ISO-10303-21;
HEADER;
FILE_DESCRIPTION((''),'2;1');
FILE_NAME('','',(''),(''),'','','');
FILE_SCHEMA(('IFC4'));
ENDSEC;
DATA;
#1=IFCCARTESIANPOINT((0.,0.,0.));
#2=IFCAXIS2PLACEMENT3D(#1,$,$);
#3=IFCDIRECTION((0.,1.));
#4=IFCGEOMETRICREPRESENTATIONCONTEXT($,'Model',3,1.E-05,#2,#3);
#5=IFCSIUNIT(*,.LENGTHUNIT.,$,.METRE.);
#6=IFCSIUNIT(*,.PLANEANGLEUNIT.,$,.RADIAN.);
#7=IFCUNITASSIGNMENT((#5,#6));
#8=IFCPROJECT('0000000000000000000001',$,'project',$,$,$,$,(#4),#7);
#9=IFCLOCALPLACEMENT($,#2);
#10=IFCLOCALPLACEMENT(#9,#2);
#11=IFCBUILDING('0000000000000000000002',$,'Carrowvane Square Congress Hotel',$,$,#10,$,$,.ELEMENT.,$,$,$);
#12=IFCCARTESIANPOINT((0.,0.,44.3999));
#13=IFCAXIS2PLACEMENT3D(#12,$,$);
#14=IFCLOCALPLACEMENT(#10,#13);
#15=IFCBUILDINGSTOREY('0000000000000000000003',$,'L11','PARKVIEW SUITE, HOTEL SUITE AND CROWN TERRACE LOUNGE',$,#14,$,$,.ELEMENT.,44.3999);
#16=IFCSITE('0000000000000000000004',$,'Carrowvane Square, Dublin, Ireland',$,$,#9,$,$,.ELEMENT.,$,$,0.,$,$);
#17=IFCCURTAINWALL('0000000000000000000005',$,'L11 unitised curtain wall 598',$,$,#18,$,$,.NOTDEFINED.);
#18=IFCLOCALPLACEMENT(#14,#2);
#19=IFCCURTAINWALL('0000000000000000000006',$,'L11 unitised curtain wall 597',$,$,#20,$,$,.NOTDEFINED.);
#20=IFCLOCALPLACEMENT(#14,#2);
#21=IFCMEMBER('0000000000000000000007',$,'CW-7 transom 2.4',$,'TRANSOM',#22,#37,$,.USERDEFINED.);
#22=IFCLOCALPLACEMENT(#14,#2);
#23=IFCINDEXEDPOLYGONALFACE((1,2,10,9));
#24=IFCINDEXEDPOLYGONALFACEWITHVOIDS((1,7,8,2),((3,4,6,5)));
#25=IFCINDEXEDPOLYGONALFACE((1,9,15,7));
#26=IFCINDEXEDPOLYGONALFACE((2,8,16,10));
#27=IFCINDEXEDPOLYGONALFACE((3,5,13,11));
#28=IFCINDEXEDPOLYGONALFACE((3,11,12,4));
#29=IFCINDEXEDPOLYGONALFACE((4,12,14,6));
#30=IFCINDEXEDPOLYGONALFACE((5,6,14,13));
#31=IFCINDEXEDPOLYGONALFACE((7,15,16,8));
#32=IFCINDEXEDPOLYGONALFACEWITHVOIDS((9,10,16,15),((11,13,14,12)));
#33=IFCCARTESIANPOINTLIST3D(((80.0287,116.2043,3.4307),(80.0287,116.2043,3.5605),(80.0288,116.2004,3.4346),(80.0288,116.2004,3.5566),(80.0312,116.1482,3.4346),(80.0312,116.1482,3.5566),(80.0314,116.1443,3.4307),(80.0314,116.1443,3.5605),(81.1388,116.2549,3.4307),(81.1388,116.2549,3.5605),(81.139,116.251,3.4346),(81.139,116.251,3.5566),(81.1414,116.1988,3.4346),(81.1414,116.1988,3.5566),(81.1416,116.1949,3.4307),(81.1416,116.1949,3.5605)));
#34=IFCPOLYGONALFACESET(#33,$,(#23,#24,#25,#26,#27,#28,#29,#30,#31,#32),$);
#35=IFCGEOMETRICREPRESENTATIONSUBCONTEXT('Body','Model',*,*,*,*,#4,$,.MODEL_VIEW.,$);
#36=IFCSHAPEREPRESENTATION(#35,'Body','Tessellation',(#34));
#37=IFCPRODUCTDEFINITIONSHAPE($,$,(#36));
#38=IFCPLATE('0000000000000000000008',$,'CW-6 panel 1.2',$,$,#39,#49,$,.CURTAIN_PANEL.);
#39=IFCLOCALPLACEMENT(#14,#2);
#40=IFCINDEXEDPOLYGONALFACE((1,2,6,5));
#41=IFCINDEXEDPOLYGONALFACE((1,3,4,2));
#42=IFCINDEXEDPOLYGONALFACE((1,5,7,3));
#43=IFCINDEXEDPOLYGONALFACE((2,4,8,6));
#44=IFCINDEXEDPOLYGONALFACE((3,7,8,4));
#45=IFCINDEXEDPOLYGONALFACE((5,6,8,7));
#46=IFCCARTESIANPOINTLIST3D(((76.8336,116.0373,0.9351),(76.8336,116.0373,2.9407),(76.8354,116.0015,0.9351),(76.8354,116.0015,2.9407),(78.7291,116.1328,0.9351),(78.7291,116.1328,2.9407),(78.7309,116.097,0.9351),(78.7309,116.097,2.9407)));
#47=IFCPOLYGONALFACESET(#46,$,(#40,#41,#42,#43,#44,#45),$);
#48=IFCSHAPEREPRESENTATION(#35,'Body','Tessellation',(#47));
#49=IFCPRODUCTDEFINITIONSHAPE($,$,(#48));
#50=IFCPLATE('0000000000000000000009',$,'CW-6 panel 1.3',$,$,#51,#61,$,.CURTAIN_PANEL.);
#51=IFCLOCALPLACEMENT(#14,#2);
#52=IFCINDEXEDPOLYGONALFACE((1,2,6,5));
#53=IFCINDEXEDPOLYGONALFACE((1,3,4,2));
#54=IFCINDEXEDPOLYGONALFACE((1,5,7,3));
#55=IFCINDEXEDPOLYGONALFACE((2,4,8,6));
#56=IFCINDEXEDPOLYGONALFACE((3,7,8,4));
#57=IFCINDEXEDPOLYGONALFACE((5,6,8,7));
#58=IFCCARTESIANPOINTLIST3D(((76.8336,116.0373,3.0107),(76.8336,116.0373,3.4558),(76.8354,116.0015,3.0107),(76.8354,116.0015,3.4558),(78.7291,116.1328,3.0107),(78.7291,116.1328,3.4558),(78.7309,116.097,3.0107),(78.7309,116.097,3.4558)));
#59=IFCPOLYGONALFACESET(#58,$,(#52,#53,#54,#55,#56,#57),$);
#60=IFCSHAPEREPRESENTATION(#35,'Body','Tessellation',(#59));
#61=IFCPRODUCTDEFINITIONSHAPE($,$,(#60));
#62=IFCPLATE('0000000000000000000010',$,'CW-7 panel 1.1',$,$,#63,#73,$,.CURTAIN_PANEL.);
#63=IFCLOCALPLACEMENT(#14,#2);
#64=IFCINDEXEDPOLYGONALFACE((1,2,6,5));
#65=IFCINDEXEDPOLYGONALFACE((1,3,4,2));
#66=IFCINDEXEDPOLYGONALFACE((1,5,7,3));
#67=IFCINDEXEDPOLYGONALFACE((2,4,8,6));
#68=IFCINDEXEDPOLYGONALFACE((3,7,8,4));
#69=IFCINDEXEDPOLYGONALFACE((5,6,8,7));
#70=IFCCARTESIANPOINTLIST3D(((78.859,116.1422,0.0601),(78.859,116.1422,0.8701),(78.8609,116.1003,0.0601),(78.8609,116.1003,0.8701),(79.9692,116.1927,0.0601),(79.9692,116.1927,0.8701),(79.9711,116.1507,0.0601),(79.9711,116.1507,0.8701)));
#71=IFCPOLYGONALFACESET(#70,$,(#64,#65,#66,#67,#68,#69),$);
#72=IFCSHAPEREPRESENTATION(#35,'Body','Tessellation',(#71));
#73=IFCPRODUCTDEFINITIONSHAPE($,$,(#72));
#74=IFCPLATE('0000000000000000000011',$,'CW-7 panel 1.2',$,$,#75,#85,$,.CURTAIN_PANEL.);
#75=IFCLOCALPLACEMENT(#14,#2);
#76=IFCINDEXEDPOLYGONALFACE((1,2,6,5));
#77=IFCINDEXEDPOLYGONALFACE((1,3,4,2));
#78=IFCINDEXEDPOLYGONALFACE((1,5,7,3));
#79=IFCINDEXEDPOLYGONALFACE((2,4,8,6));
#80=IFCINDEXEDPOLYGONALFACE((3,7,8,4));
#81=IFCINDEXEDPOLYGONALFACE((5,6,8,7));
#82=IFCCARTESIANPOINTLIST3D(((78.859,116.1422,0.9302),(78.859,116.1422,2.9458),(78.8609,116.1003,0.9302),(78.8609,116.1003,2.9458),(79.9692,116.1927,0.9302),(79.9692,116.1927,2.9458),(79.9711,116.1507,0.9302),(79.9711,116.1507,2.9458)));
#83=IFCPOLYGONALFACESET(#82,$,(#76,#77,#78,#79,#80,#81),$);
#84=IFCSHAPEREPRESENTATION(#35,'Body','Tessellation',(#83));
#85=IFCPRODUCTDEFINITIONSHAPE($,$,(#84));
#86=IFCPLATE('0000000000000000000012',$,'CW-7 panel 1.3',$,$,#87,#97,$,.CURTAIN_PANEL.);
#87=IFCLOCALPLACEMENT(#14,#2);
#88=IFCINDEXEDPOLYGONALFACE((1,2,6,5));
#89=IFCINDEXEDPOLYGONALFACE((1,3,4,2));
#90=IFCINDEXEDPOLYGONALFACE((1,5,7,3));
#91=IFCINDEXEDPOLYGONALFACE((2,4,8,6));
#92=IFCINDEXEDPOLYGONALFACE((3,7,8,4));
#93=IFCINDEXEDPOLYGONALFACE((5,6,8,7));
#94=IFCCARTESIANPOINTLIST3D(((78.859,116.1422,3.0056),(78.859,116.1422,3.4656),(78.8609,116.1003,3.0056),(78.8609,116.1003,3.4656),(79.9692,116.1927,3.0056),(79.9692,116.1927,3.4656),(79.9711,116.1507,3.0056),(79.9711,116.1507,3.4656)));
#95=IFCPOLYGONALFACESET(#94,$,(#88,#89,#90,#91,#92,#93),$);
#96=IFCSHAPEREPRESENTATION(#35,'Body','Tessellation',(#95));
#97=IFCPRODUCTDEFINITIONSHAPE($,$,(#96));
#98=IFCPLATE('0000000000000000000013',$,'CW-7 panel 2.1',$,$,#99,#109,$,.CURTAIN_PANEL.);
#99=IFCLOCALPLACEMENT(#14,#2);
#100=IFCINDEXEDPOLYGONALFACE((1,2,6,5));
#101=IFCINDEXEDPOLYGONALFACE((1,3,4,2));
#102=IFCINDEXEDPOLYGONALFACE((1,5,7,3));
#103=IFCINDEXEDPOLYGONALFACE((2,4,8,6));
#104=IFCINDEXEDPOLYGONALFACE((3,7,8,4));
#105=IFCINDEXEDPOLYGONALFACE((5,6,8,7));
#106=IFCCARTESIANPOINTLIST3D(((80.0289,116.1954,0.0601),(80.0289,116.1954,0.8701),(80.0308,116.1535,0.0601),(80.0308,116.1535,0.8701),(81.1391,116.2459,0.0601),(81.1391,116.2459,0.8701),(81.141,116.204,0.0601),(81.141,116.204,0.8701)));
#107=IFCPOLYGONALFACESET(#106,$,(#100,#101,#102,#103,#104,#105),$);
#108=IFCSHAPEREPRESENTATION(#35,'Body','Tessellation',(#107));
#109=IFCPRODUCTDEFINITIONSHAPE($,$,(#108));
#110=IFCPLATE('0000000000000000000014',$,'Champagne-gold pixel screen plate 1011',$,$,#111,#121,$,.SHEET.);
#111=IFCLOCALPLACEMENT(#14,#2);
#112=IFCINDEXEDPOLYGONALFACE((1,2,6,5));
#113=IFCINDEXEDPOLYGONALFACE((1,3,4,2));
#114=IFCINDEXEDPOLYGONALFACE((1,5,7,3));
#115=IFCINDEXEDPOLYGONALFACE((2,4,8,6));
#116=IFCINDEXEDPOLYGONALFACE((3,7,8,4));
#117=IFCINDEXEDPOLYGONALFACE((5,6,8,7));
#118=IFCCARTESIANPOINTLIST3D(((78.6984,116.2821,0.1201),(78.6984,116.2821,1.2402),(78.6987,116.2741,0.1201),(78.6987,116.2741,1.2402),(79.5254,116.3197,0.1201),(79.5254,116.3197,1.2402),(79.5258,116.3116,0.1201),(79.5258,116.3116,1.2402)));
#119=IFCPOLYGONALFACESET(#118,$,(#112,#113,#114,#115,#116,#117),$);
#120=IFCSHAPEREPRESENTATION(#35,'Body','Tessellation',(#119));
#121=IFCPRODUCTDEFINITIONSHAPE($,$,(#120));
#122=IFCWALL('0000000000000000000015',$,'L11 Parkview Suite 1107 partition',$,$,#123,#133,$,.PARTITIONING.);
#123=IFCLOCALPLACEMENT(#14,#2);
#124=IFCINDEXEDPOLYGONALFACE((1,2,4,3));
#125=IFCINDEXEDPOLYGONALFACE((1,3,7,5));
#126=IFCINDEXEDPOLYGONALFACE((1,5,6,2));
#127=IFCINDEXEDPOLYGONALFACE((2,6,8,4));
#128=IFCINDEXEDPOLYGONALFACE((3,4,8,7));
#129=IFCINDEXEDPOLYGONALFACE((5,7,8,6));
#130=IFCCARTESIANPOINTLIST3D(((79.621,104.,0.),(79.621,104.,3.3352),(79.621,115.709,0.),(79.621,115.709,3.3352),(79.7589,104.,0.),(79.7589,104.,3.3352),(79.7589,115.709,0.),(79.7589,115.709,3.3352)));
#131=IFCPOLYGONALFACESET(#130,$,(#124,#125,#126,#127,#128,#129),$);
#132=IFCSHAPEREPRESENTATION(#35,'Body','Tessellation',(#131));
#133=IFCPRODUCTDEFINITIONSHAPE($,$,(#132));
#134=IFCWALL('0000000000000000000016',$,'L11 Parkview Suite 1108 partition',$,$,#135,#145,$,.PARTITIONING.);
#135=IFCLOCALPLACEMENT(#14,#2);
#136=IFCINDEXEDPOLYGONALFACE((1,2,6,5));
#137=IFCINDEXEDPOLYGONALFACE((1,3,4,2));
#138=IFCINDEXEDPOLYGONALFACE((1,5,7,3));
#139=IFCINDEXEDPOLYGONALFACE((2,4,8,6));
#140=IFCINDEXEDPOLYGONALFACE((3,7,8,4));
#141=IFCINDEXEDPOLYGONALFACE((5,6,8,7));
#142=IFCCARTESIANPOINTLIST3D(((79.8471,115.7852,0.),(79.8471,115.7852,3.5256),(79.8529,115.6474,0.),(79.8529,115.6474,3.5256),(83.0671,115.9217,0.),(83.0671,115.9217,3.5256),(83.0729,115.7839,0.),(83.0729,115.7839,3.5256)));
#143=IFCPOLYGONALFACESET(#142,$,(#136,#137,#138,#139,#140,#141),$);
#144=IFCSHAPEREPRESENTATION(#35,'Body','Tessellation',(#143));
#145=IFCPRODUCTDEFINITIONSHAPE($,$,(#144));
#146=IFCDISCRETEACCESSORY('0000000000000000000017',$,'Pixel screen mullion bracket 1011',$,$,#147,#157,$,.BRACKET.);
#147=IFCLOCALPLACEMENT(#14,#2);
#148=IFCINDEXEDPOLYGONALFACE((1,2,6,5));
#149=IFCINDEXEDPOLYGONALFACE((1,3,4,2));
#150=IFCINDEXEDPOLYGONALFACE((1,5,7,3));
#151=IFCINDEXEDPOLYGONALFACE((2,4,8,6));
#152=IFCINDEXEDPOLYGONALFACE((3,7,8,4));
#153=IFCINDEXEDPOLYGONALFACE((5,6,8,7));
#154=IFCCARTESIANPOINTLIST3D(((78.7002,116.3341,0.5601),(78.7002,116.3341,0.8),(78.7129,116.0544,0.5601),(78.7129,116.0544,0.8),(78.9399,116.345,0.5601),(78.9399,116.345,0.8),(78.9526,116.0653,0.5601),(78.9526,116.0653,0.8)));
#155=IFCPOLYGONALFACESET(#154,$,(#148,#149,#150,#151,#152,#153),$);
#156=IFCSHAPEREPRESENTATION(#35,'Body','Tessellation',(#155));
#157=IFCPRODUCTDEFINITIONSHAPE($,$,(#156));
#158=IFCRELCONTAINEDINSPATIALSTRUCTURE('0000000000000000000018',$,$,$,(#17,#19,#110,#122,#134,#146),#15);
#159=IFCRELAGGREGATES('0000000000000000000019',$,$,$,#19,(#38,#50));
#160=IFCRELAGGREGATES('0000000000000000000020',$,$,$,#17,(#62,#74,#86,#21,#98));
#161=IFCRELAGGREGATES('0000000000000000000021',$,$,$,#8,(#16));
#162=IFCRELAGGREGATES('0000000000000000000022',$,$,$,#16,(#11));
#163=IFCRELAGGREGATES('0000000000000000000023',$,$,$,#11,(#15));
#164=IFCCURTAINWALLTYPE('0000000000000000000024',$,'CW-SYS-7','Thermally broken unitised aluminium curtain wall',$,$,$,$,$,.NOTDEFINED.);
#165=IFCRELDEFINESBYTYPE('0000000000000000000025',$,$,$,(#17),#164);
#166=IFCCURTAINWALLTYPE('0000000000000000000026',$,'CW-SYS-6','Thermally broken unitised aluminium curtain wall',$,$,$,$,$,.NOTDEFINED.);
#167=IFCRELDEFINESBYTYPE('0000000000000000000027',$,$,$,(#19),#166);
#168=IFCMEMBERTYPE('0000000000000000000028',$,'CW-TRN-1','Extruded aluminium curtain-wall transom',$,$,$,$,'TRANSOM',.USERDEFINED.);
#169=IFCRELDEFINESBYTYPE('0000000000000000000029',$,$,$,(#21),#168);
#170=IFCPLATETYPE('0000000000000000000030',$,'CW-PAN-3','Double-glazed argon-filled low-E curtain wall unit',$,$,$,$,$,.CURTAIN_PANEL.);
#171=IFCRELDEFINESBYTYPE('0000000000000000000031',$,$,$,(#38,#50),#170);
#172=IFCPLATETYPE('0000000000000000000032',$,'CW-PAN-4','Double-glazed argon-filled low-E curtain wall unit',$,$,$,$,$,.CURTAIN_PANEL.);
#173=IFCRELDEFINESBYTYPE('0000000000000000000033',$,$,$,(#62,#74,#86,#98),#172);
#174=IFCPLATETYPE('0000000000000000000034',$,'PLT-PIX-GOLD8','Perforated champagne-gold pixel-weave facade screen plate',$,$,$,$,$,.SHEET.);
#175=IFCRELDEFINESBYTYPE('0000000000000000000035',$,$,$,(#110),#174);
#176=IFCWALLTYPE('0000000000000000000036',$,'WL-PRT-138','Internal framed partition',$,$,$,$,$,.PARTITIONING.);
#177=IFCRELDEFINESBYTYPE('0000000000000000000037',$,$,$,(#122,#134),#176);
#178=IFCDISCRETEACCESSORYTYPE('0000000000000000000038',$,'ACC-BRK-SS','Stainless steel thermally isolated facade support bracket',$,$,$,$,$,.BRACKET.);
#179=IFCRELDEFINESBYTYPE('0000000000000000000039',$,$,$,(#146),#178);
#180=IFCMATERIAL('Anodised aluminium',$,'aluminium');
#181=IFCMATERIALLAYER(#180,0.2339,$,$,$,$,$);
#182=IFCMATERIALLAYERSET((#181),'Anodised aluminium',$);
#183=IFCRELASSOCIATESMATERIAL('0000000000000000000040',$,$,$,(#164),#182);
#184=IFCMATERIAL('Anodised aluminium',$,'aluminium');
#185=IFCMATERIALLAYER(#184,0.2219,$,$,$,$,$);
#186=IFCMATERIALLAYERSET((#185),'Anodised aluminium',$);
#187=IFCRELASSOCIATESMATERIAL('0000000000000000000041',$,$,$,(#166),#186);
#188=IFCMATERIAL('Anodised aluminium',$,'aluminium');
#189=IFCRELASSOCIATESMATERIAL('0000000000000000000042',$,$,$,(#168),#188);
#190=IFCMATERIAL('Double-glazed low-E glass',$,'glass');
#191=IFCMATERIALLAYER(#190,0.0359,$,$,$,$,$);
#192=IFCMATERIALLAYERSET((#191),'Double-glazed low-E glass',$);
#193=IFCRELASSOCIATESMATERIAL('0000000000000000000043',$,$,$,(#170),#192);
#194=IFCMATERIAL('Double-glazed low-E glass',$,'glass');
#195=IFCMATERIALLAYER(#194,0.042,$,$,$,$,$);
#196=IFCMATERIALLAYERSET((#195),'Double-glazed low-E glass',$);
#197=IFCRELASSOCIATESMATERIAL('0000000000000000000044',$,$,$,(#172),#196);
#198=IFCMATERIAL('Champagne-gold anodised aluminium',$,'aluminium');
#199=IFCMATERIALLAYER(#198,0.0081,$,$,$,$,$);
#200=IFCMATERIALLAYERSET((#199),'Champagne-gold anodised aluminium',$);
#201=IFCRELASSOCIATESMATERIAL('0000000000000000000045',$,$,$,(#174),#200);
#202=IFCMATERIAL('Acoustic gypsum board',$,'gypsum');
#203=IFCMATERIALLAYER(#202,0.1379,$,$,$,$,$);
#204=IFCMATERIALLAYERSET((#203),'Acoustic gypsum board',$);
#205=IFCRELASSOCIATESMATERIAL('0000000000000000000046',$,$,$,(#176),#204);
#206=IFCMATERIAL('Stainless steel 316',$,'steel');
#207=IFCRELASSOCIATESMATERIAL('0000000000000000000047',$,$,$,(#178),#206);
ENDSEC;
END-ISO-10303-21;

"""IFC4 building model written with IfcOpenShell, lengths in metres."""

from ifc_helpers import new_model, si_unit, direction, frame, frame_2d, origin, origin_2d, place, context, subcontext, project, spatial, rectangle, hollow_rectangle, extrude, material, layer, layer_set, material_profile, profile_set, type_object, element, aggregate, save


model = new_model("IFC4")

# Units and contexts
model_context = context("Model", 3, precision=1e-05, world=origin(), true_north=direction((0.0, 1.0)))
body_context = subcontext(model_context, "Body", "Model", "MODEL_VIEW")
ifc_project = project(units=[si_unit("LENGTHUNIT", "METRE"), si_unit("PLANEANGLEUNIT", "RADIAN")], contexts=[model_context])

# Site, building, storey
site_placement = place(None, origin())
site = spatial("IfcSite", under=ifc_project, at=site_placement, Name="Carrowvane Square, Dublin, Ireland", CompositionType="ELEMENT", RefElevation=0.0)
building_placement = place(site_placement, origin())
building = spatial("IfcBuilding", under=site, at=building_placement, Name="Carrowvane Square Congress Hotel", CompositionType="ELEMENT")
storey_placement = place(building_placement, frame((0.0, 0.0, 44.3999)))
storey = spatial("IfcBuildingStorey", under=building, at=storey_placement, Name="L11", Description="PARKVIEW SUITE, HOTEL SUITE AND CROWN TERRACE LOUNGE", CompositionType="ELEMENT", Elevation=44.3999)

# Curtain wall
ifc_material_1 = material(Name="Anodised aluminium", Category="aluminium")
ifc_layer_1 = layer(ifc_material_1, 0.2339)
ifc_layer_set_1 = layer_set([ifc_layer_1], Name="Anodised aluminium")
curtain_wall_type_1 = type_object("IfcCurtainWallType", Name="CW-SYS-7", Description="Thermally broken unitised aluminium curtain wall", PredefinedType="NOTDEFINED", material=ifc_layer_set_1)
curtain_wall_1_placement = place(storey_placement, origin())
curtain_wall_1 = element("IfcCurtainWall", 1, at=curtain_wall_1_placement, inside=storey, type_object=curtain_wall_type_1, Name="L11 unitised curtain wall 598", PredefinedType="NOTDEFINED")

# Curtain wall
ifc_material_2 = material(Name="Anodised aluminium", Category="aluminium")
ifc_layer_2 = layer(ifc_material_2, 0.2219)
ifc_layer_set_2 = layer_set([ifc_layer_2], Name="Anodised aluminium")
curtain_wall_type_2 = type_object("IfcCurtainWallType", Name="CW-SYS-6", Description="Thermally broken unitised aluminium curtain wall", PredefinedType="NOTDEFINED", material=ifc_layer_set_2)
curtain_wall_2_placement = place(storey_placement, origin())
curtain_wall_2 = element("IfcCurtainWall", 2, at=curtain_wall_2_placement, inside=storey, type_object=curtain_wall_type_2, Name="L11 unitised curtain wall 597", PredefinedType="NOTDEFINED")

# Member
ifc_material_3 = material(Name="Anodised aluminium", Category="aluminium")
ifc_material_profile_1 = material_profile(ifc_material_3, hollow_rectangle(XDim=0.0601, YDim=0.1299, WallThickness=0.0039, at=origin_2d()), Name="CW-TR 60x130x4")
ifc_profile_set_1 = profile_set([ifc_material_profile_1], Name="Anodised aluminium")
member_type_1 = type_object("IfcMemberType", Name="CW-TRN-1", Description="Extruded aluminium curtain-wall transom", ElementType="TRANSOM", PredefinedType="USERDEFINED", material=ifc_profile_set_1)
member_1_placement = place(storey_placement, frame((80.03, 116.1743, 3.4956), z_axis=(0.998965, 0.045477, 0.0), x_axis=(-0.045477, 0.998965, 0.0)))
member_1 = element("IfcMember", 3, at=member_1_placement, type_object=member_type_1, Name="CW-7 transom 2.4", ObjectType="TRANSOM", PredefinedType="USERDEFINED", context=body_context, shape_type="SweptSolid", body=[
    extrude(hollow_rectangle(XDim=0.0601, YDim=0.1299, WallThickness=0.0039, at=origin_2d()), origin(), (0.0, 0.0, 1.0), 1.1113),
])

# Plates
ifc_material_4 = material(Name="Double-glazed low-E glass", Category="glass")
ifc_layer_3 = layer(ifc_material_4, 0.0359)
ifc_layer_set_3 = layer_set([ifc_layer_3], Name="Double-glazed low-E glass")
plate_type_1 = type_object("IfcPlateType", Name="CW-PAN-3", Description="Double-glazed argon-filled low-E curtain wall unit", PredefinedType="CURTAIN_PANEL", material=ifc_layer_set_3)
plate_1_placement = place(storey_placement, frame((77.7822, 116.0671, 0.9351), z_axis=(0.0, 0.0, 1.0), x_axis=(0.998733, 0.050324, 0.0)))
plate_1 = element("IfcPlate", 4, at=plate_1_placement, type_object=plate_type_1, Name="CW-6 panel 1.2", PredefinedType="CURTAIN_PANEL", context=body_context, shape_type="SweptSolid", body=[
    extrude(rectangle(XDim=1.8979, YDim=0.0359, at=origin_2d()), origin(), (0.0, 0.0, 1.0), 2.0056),
])
plate_2_placement = place(storey_placement, frame((77.7822, 116.0671, 3.0107), z_axis=(0.0, 0.0, 1.0), x_axis=(0.998733, 0.050324, 0.0)))
plate_2 = element("IfcPlate", 5, at=plate_2_placement, type_object=plate_type_1, Name="CW-6 panel 1.3", PredefinedType="CURTAIN_PANEL", context=body_context, shape_type="SweptSolid", body=[
    extrude(rectangle(XDim=1.8979, YDim=0.0359, at=origin_2d()), origin(), (0.0, 0.0, 1.0), 0.4451),
])
aggregate(curtain_wall_2, [plate_1, plate_2])
ifc_material_5 = material(Name="Double-glazed low-E glass", Category="glass")
ifc_layer_4 = layer(ifc_material_5, 0.042)
ifc_layer_set_4 = layer_set([ifc_layer_4], Name="Double-glazed low-E glass")
plate_type_2 = type_object("IfcPlateType", Name="CW-PAN-4", Description="Double-glazed argon-filled low-E curtain wall unit", PredefinedType="CURTAIN_PANEL", material=ifc_layer_set_4)
plate_3_placement = place(storey_placement, frame((79.415, 116.1465, 0.0601), z_axis=(0.0, 0.0, 1.0), x_axis=(0.998968, 0.045411, 0.0)))
plate_3 = element("IfcPlate", 6, at=plate_3_placement, type_object=plate_type_2, Name="CW-7 panel 1.1", PredefinedType="CURTAIN_PANEL", context=body_context, shape_type="SweptSolid", body=[
    extrude(rectangle(XDim=1.1113, YDim=0.042, at=origin_2d()), origin(), (0.0, 0.0, 1.0), 0.8101),
])
plate_4_placement = place(storey_placement, frame((79.415, 116.1465, 0.9302), z_axis=(0.0, 0.0, 1.0), x_axis=(0.998968, 0.045411, 0.0)))
plate_4 = element("IfcPlate", 7, at=plate_4_placement, type_object=plate_type_2, Name="CW-7 panel 1.2", PredefinedType="CURTAIN_PANEL", context=body_context, shape_type="SweptSolid", body=[
    extrude(rectangle(XDim=1.1113, YDim=0.042, at=origin_2d()), origin(), (0.0, 0.0, 1.0), 2.0156),
])
plate_5_placement = place(storey_placement, frame((79.415, 116.1465, 3.0056), z_axis=(0.0, 0.0, 1.0), x_axis=(0.998968, 0.045411, 0.0)))
plate_5 = element("IfcPlate", 8, at=plate_5_placement, type_object=plate_type_2, Name="CW-7 panel 1.3", PredefinedType="CURTAIN_PANEL", context=body_context, shape_type="SweptSolid", body=[
    extrude(rectangle(XDim=1.1113, YDim=0.042, at=origin_2d()), origin(), (0.0, 0.0, 1.0), 0.46),
])
plate_6_placement = place(storey_placement, frame((80.585, 116.1997, 0.0601), z_axis=(0.0, 0.0, 1.0), x_axis=(0.998968, 0.045411, 0.0)))
plate_6 = element("IfcPlate", 9, at=plate_6_placement, type_object=plate_type_2, Name="CW-7 panel 2.1", PredefinedType="CURTAIN_PANEL", context=body_context, shape_type="SweptSolid", body=[
    extrude(rectangle(XDim=1.1113, YDim=0.042, at=origin_2d()), origin(), (0.0, 0.0, 1.0), 0.8101),
])
aggregate(curtain_wall_1, [plate_3, plate_4, plate_5, member_1, plate_6])
ifc_material_6 = material(Name="Champagne-gold anodised aluminium", Category="aluminium")
ifc_layer_5 = layer(ifc_material_6, 0.0081)
ifc_layer_set_5 = layer_set([ifc_layer_5], Name="Champagne-gold anodised aluminium")
plate_type_3 = type_object("IfcPlateType", Name="PLT-PIX-GOLD8", Description="Perforated champagne-gold pixel-weave facade screen plate", PredefinedType="SHEET", material=ifc_layer_set_5)
plate_7_placement = place(storey_placement, frame((79.1121, 116.2969, 0.1201), z_axis=(0.0, 0.0, 1.0), x_axis=(0.998968, 0.045414, 0.0)))
element("IfcPlate", 10, at=plate_7_placement, inside=storey, type_object=plate_type_3, Name="Champagne-gold pixel screen plate 1011", PredefinedType="SHEET", context=body_context, shape_type="SweptSolid", body=[
    extrude(rectangle(XDim=0.8279, YDim=0.0081, at=origin_2d()), origin(), (0.0, 0.0, 1.0), 1.1201),
])

# Walls
ifc_material_7 = material(Name="Acoustic gypsum board", Category="gypsum")
ifc_layer_6 = layer(ifc_material_7, 0.1379)
ifc_layer_set_6 = layer_set([ifc_layer_6], Name="Acoustic gypsum board")
wall_type = type_object("IfcWallType", Name="WL-PRT-138", Description="Internal framed partition", PredefinedType="PARTITIONING", material=ifc_layer_set_6)
wall_1_placement = place(storey_placement, frame((79.6899, 115.709, 0.0), z_axis=(0.0, 0.0, 1.0), x_axis=(0.0, -1.0, 0.0)))
element("IfcWall", 11, at=wall_1_placement, inside=storey, type_object=wall_type, Name="L11 Parkview Suite 1107 partition", PredefinedType="PARTITIONING", context=body_context, shape_type="SweptSolid", body=[
    extrude(rectangle(XDim=11.709, YDim=0.1379, at=frame_2d((5.8545, 0.0))), origin(), (0.0, 0.0, 1.0), 3.3352),
])
wall_2_placement = place(storey_placement, frame((79.8501, 115.7163, 0.0), z_axis=(0.0, 0.0, 1.0), x_axis=(0.999103, 0.042346, 0.0)))
element("IfcWall", 12, at=wall_2_placement, inside=storey, type_object=wall_type, Name="L11 Parkview Suite 1108 partition", PredefinedType="PARTITIONING", context=body_context, shape_type="SweptSolid", body=[
    extrude(rectangle(XDim=3.2229, YDim=0.1379, at=frame_2d((1.6113, 0.0))), origin(), (0.0, 0.0, 1.0), 3.5256),
])

# Discrete accessory
ifc_material_8 = material(Name="Stainless steel 316", Category="steel")
discrete_accessory_type = type_object("IfcDiscreteAccessoryType", Name="ACC-BRK-SS", Description="Stainless steel thermally isolated facade support bracket", PredefinedType="BRACKET", material=ifc_material_8)
discrete_accessory_placement = place(storey_placement, frame((78.8264, 116.1997, 0.5601), z_axis=(0.0, 0.0, 1.0), x_axis=(0.998968, 0.045414, 0.0)))
element("IfcDiscreteAccessory", 13, at=discrete_accessory_placement, inside=storey, type_object=discrete_accessory_type, Name="Pixel screen mullion bracket 1011", PredefinedType="BRACKET", context=body_context, shape_type="SweptSolid", body=[
    extrude(rectangle(XDim=0.24, YDim=0.28, at=origin_2d()), origin(), (0.0, 0.0, 1.0), 0.24),
])

save(model, "model.ifc")
